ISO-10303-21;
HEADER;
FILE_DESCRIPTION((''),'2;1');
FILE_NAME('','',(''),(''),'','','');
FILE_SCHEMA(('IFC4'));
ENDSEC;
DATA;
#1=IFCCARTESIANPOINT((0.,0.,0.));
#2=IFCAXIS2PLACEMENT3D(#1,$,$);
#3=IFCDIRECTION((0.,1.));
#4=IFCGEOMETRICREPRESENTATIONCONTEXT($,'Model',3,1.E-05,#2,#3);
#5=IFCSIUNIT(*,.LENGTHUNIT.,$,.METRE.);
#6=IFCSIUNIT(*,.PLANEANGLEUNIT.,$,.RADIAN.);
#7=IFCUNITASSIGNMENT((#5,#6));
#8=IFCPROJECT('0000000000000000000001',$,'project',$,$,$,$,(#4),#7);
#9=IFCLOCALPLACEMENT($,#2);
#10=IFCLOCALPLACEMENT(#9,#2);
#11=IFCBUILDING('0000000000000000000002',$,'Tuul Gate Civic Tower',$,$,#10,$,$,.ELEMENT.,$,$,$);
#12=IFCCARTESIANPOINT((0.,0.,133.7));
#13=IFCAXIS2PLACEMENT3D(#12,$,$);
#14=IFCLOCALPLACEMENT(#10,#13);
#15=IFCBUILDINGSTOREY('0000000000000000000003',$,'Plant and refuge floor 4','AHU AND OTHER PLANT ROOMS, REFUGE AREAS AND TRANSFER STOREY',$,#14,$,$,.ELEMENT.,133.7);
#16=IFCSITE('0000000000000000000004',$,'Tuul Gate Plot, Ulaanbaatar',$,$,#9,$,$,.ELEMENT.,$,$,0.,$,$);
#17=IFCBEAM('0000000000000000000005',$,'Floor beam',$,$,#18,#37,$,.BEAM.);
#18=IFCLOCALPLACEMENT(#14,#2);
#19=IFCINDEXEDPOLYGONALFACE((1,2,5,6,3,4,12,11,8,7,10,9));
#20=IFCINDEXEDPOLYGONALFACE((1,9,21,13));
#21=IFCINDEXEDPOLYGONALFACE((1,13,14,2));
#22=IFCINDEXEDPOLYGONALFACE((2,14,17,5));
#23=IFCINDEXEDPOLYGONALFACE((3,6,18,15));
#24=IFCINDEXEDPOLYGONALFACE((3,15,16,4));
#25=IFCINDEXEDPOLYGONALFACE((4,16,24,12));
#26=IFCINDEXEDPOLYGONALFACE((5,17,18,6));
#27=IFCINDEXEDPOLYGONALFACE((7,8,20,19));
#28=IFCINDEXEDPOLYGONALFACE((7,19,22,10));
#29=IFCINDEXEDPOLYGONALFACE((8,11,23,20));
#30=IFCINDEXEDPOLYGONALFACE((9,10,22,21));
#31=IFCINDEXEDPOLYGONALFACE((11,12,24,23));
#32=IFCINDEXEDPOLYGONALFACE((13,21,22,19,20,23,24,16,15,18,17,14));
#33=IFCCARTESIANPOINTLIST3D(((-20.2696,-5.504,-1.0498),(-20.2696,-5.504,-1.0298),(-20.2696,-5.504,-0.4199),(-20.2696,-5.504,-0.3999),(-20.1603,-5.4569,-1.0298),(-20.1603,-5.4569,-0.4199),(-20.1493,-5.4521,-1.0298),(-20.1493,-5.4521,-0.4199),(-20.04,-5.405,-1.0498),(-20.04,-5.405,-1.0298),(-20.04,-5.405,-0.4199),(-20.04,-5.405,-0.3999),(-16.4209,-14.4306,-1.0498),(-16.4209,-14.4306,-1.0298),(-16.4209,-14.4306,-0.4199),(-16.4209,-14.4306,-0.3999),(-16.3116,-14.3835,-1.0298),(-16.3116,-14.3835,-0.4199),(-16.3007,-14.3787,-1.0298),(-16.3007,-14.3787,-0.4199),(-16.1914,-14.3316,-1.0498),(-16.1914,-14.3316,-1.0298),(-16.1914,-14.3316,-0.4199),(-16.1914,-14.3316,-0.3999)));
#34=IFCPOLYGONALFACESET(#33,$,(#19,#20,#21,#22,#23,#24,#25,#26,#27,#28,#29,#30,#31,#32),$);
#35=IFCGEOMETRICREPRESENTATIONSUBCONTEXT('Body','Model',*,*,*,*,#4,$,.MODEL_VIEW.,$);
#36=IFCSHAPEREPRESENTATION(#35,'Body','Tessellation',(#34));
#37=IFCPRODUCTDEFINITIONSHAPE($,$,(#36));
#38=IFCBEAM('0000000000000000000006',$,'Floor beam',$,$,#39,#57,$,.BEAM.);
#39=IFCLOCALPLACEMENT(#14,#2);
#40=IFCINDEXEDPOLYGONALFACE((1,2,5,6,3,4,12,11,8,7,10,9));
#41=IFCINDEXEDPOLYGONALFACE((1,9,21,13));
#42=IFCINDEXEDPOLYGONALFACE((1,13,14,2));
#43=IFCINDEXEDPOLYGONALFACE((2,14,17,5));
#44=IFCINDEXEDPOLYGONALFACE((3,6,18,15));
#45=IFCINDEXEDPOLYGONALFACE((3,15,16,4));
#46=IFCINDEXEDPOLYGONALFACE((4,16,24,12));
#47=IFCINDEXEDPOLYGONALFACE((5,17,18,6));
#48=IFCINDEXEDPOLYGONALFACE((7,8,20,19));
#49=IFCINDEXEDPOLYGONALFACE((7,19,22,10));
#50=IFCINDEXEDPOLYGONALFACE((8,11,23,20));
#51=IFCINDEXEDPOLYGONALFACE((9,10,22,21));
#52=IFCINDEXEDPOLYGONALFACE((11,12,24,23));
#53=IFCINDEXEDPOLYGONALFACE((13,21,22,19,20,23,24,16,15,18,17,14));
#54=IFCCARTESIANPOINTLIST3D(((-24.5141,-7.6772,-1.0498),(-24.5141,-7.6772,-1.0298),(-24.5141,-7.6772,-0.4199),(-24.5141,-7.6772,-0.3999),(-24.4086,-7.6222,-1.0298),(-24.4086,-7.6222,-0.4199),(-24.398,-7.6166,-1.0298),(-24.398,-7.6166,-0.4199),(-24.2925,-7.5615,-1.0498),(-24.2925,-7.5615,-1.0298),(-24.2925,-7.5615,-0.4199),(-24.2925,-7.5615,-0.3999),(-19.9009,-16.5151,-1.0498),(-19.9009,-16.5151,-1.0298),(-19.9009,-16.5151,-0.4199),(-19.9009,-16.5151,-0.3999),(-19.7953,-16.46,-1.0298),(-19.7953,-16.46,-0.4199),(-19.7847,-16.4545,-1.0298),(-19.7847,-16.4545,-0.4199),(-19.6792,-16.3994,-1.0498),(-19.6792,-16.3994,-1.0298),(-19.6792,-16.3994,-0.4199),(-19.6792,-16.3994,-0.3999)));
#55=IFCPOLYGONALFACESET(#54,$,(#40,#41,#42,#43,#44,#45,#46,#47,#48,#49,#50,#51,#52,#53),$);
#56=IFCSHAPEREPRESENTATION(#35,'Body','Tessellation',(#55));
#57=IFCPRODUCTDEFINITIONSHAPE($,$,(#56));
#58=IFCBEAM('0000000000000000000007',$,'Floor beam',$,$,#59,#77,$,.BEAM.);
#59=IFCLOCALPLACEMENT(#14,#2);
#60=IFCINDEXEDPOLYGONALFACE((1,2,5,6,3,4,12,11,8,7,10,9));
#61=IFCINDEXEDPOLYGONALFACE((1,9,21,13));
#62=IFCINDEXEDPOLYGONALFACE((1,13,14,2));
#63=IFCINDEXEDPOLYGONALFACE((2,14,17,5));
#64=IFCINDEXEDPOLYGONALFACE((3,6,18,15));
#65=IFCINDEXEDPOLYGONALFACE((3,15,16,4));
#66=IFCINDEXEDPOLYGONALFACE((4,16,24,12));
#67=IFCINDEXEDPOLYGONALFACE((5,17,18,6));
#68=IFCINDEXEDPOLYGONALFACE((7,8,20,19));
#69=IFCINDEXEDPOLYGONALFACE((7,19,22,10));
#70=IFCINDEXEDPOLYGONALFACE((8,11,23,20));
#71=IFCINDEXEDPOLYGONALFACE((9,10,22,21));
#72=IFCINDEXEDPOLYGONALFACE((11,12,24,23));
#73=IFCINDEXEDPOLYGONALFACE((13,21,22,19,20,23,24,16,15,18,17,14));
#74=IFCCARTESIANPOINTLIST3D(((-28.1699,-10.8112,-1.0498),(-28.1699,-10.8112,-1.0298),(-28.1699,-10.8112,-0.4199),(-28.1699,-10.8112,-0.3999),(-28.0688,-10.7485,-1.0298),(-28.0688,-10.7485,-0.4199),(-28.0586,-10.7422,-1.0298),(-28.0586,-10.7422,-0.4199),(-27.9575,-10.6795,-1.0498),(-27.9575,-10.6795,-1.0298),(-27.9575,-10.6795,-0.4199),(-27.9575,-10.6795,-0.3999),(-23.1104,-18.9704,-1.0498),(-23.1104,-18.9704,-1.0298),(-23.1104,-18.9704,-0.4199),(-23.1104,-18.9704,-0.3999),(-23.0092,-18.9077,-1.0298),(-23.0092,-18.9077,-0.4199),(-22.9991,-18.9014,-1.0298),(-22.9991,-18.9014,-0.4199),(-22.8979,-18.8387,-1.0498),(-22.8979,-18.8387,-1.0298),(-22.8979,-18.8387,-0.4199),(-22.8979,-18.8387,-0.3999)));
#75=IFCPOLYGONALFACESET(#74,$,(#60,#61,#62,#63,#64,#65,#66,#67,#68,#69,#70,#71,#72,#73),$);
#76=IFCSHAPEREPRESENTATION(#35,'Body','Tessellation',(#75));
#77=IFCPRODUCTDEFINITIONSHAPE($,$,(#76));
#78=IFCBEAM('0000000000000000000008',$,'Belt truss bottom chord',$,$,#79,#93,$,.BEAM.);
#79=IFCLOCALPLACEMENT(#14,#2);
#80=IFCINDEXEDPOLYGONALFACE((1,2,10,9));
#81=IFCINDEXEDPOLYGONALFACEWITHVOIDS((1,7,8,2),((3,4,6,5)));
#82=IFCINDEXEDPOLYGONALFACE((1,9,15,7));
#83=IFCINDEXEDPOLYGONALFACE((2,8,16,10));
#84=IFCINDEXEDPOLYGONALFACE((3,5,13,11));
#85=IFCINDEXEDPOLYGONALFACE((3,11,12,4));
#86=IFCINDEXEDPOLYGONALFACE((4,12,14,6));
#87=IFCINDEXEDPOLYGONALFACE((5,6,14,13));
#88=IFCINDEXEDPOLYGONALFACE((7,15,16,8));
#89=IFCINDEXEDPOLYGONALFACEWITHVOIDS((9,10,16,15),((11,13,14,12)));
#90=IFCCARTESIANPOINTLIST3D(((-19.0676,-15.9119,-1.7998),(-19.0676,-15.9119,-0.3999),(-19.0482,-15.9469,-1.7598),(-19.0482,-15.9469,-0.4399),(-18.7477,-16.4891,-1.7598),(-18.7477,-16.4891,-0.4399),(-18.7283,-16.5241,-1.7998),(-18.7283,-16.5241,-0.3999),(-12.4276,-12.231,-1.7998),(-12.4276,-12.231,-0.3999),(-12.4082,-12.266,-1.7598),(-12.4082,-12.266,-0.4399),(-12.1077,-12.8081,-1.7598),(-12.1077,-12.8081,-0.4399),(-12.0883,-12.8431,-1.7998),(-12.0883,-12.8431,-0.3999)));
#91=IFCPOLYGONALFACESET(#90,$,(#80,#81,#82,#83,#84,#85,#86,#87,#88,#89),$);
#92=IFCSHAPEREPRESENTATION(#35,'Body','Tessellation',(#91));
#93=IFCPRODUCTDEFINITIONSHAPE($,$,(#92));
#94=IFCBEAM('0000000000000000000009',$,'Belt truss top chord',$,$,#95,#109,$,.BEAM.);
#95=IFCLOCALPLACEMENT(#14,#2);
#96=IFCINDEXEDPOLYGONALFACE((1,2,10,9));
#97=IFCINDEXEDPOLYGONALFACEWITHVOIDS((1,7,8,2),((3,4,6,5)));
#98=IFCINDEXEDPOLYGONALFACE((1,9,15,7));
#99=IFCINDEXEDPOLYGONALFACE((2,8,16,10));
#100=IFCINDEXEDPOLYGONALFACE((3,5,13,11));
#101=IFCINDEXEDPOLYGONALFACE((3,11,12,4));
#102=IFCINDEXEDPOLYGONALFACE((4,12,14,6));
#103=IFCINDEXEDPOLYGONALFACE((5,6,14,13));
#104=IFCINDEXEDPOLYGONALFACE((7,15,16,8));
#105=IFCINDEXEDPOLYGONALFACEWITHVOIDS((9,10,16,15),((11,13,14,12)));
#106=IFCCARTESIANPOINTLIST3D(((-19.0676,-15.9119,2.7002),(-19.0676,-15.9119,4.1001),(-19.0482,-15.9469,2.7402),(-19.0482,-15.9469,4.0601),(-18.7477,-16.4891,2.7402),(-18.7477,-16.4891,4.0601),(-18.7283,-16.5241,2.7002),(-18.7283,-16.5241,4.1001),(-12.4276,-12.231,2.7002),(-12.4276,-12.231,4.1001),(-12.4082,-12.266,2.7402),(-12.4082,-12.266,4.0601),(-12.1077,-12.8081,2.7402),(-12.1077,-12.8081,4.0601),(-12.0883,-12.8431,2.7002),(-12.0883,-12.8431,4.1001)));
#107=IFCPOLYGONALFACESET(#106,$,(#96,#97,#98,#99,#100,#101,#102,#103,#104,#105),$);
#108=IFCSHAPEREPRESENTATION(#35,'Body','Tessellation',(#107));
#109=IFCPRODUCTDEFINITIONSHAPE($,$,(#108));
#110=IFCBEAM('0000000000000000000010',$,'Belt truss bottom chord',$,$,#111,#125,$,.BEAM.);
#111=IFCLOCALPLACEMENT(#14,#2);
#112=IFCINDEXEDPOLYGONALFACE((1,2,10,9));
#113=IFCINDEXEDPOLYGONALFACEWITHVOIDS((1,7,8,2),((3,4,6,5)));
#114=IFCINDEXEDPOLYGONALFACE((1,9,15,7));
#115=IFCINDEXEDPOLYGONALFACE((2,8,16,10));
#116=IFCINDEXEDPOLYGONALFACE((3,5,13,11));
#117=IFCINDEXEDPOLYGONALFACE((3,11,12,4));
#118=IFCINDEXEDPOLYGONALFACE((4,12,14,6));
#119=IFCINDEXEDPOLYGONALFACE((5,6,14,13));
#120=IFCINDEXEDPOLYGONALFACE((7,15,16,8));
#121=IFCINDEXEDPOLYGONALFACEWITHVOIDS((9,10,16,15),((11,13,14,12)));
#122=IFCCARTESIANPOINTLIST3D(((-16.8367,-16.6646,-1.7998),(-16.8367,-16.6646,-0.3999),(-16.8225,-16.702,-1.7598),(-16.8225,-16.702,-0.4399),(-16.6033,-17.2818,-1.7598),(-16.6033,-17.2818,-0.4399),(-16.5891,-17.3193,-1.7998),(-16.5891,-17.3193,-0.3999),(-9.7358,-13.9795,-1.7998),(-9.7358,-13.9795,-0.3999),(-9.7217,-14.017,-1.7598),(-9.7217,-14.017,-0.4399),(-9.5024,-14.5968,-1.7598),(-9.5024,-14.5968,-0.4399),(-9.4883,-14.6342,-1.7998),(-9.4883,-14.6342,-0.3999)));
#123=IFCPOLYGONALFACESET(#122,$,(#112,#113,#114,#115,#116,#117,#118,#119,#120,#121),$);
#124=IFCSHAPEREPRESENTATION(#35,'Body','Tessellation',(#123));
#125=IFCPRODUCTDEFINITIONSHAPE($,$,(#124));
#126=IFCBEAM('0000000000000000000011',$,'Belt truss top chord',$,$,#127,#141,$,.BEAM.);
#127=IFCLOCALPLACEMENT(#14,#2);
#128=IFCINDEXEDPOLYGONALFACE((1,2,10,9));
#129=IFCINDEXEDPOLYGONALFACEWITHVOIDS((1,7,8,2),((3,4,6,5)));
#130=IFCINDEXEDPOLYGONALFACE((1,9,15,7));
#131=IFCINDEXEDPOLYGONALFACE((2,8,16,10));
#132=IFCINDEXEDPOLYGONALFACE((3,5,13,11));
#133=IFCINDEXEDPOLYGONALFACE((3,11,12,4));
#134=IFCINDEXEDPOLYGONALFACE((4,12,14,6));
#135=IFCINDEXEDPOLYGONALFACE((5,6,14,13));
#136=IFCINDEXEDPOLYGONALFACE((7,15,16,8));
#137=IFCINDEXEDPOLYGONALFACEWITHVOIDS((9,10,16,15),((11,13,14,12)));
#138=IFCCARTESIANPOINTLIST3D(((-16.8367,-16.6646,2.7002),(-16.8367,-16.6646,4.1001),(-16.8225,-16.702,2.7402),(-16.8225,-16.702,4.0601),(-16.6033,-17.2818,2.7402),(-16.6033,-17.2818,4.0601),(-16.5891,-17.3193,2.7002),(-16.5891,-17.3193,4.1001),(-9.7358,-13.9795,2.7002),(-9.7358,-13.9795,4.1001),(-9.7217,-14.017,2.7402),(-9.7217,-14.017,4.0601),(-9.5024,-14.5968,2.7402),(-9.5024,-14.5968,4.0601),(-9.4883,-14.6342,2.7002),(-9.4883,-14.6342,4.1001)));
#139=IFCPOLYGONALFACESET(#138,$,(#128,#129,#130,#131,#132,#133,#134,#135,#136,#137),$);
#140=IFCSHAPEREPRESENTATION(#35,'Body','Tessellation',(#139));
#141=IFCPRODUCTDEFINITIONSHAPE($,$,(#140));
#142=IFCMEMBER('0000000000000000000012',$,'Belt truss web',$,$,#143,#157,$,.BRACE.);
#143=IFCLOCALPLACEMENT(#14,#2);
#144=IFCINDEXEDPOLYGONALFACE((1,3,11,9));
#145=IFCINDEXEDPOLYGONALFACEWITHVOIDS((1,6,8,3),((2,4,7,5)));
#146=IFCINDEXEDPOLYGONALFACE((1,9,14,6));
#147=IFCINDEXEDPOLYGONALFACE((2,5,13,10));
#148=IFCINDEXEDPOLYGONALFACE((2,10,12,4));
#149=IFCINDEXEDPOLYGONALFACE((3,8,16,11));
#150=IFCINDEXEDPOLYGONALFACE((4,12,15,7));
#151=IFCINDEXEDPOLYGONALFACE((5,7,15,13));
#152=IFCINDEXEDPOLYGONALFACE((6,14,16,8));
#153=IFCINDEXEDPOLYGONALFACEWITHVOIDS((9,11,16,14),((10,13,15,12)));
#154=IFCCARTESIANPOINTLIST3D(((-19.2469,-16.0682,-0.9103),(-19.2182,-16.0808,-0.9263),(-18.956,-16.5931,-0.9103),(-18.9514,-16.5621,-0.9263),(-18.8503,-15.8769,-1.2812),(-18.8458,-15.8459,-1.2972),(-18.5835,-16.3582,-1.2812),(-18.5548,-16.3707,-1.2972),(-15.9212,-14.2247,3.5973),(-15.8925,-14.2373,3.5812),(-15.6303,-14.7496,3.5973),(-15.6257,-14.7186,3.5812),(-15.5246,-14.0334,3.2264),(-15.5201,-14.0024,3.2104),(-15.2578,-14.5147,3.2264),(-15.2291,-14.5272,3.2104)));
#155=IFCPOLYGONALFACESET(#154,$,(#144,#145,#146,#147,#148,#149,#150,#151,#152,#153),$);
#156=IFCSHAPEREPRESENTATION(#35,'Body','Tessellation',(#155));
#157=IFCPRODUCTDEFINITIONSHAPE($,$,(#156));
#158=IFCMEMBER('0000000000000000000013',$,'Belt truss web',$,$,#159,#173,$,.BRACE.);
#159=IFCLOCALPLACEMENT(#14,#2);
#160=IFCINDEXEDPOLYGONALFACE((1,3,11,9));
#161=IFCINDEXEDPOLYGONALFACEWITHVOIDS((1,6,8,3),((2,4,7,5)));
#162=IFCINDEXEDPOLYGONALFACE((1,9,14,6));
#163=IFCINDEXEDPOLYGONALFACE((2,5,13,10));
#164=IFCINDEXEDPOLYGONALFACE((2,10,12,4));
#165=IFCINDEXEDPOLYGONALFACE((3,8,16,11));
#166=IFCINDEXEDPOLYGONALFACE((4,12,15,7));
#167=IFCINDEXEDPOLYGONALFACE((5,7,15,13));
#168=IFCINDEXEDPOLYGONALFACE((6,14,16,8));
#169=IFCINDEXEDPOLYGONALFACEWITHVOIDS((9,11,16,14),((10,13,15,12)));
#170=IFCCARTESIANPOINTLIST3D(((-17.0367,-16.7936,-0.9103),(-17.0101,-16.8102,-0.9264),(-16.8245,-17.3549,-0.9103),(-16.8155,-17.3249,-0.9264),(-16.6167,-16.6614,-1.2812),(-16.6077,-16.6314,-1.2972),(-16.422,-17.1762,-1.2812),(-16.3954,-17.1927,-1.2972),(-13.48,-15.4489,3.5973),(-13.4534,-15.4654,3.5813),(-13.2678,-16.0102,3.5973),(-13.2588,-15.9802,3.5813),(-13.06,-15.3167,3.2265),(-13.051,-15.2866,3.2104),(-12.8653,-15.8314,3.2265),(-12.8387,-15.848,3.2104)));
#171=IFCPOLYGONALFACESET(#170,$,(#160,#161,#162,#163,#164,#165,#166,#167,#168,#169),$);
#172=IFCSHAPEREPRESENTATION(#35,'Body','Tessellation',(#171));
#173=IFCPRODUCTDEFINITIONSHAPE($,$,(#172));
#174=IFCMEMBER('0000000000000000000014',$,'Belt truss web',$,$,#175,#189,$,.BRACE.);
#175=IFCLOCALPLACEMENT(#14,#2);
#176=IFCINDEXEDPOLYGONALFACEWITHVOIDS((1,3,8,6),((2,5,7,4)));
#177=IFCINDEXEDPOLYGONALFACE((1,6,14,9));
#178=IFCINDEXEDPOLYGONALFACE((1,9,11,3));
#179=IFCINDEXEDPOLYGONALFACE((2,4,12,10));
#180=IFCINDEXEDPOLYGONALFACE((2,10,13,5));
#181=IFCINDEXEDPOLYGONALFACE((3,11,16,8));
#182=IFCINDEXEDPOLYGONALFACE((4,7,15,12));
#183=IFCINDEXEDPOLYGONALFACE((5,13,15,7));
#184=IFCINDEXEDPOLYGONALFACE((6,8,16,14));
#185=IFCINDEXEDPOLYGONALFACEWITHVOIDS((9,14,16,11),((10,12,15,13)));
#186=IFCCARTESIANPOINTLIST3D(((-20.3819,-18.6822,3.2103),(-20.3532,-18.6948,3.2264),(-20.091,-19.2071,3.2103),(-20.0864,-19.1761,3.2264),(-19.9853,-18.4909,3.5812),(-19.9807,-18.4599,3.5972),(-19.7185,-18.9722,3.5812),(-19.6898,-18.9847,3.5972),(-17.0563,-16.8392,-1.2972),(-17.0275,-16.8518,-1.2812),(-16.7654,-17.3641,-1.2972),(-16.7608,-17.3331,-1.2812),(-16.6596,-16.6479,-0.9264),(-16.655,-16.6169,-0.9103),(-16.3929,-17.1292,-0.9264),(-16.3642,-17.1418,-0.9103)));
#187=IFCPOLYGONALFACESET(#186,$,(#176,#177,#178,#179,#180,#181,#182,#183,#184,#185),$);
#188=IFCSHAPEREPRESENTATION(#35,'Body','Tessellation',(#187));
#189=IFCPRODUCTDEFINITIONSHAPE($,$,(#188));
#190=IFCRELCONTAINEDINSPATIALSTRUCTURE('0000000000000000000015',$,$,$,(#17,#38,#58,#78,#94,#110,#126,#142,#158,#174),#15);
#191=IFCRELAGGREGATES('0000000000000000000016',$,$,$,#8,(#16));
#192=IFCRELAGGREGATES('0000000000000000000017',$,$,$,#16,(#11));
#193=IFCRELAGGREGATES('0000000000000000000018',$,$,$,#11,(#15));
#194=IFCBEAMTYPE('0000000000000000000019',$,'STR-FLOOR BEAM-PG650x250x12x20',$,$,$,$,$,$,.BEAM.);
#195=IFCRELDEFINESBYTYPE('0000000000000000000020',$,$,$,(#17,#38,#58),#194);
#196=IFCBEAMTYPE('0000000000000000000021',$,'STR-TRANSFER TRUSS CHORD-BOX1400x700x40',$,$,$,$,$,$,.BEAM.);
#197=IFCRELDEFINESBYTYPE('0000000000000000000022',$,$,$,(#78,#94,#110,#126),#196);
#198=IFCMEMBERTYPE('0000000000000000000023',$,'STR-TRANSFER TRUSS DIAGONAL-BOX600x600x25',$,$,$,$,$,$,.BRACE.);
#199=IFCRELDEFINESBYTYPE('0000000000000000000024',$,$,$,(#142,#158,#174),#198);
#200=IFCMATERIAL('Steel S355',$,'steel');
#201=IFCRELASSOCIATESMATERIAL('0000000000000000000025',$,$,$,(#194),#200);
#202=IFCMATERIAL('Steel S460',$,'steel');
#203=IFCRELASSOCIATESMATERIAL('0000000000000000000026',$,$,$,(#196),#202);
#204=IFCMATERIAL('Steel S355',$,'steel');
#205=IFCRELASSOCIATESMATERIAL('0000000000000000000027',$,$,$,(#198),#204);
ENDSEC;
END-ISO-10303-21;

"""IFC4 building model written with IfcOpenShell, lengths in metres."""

from ifc_helpers import new_model, si_unit, direction, frame, origin, origin_2d, place, context, subcontext, project, spatial, hollow_rectangle, i_section, extrude, material, material_profile, profile_set, type_object, element, save


model = new_model("IFC4")

# Units and contexts
model_context = context("Model", 3, precision=1e-05, world=origin(), true_north=direction((0.0, 1.0)))
body_context = subcontext(model_context, "Body", "Model", "MODEL_VIEW")
ifc_project = project(units=[si_unit("LENGTHUNIT", "METRE"), si_unit("PLANEANGLEUNIT", "RADIAN")], contexts=[model_context])

# Site, building, storey
site_placement = place(None, origin())
site = spatial("IfcSite", under=ifc_project, at=site_placement, Name="Tuul Gate Plot, Ulaanbaatar", CompositionType="ELEMENT", RefElevation=0.0)
building_placement = place(site_placement, origin())
building = spatial("IfcBuilding", under=site, at=building_placement, Name="Tuul Gate Civic Tower", CompositionType="ELEMENT")
storey_placement = place(building_placement, frame((0.0, 0.0, 133.7)))
storey = spatial("IfcBuildingStorey", under=building, at=storey_placement, Name="Plant and refuge floor 4", Description="AHU AND OTHER PLANT ROOMS, REFUGE AREAS AND TRANSFER STOREY", CompositionType="ELEMENT", Elevation=133.7)

# Beams
ifc_material_1 = material(Name="Steel S355", Category="steel")
ifc_material_profile_1 = material_profile(ifc_material_1, i_section(OverallWidth=0.25, OverallDepth=0.6499, WebThickness=0.012, FlangeThickness=0.02, at=origin_2d()), Name="PG650x250x12x20")
ifc_profile_set_1 = profile_set([ifc_material_profile_1], Name="Steel S355")
beam_type_1 = type_object("IfcBeamType", Name="STR-FLOOR BEAM-PG650x250x12x20", PredefinedType="BEAM", material=ifc_profile_set_1)
beam_1_placement = place(storey_placement, frame((-16.3062, -14.3811, -0.7249), z_axis=(-0.395916, 0.918287, 0.0), x_axis=(-0.918287, -0.395916, 0.0)))
element("IfcBeam", 1, at=beam_1_placement, inside=storey, type_object=beam_type_1, Name="Floor beam", PredefinedType="BEAM", context=body_context, shape_type="SweptSolid", body=[
    extrude(i_section(OverallWidth=0.25, OverallDepth=0.6499, WebThickness=0.012, FlangeThickness=0.02, at=origin_2d()), origin(), (0.0, 0.0, 1.0), 9.7209),
])
beam_2_placement = place(storey_placement, frame((-19.79, -16.4573, -0.7249), z_axis=(-0.46274, 0.886494, 0.0), x_axis=(-0.886494, -0.46274, 0.0)))
element("IfcBeam", 2, at=beam_2_placement, inside=storey, type_object=beam_type_1, Name="Floor beam", PredefinedType="BEAM", context=body_context, shape_type="SweptSolid", body=[
    extrude(i_section(OverallWidth=0.25, OverallDepth=0.6499, WebThickness=0.012, FlangeThickness=0.02, at=origin_2d()), origin(), (0.0, 0.0, 1.0), 9.9695),
])
beam_3_placement = place(storey_placement, frame((-23.0042, -18.9045, -0.7249), z_axis=(-0.527006, 0.849862, 0.0), x_axis=(-0.849862, -0.527006, 0.0)))
element("IfcBeam", 3, at=beam_3_placement, inside=storey, type_object=beam_type_1, Name="Floor beam", PredefinedType="BEAM", context=body_context, shape_type="SweptSolid", body=[
    extrude(i_section(OverallWidth=0.25, OverallDepth=0.6499, WebThickness=0.012, FlangeThickness=0.02, at=origin_2d()), origin(), (0.0, 0.0, 1.0), 9.6006),
])
ifc_material_2 = material(Name="Steel S460", Category="steel")
ifc_material_profile_2 = material_profile(ifc_material_2, hollow_rectangle(XDim=0.7, YDim=1.3999, WallThickness=0.04, at=origin_2d()), Name="BOX1400x700x40")
ifc_profile_set_2 = profile_set([ifc_material_profile_2], Name="Steel S460")
beam_type_2 = type_object("IfcBeamType", Name="STR-TRANSFER TRUSS CHORD-BOX1400x700x40", PredefinedType="BEAM", material=ifc_profile_set_2)
for number, where, z_axis, x_axis, name in (
    (4, (-18.8979, -16.218, -1.0999), (0.8746, 0.484845, 0.0), (-0.484845, 0.8746, 0.0), "Belt truss bottom chord"),
    (5, (-18.8979, -16.218, 3.4001), (0.8746, 0.484845, 0.0), (-0.484845, 0.8746, 0.0), "Belt truss top chord"),
):
    element("IfcBeam", number, at=place(storey_placement, frame(where, z_axis=z_axis, x_axis=x_axis)), inside=storey, type_object=beam_type_2, Name=name, PredefinedType="BEAM", context=body_context, shape_type="SweptSolid", body=[
        extrude(hollow_rectangle(XDim=0.7, YDim=1.3999, WallThickness=0.04, at=origin_2d()), origin(), (0.0, 0.0, 1.0), 7.592),
    ])
for number, where, z_axis, x_axis, name in (
    (6, (-16.7129, -16.9919, -1.0999), (0.935362, 0.353691, 0.0), (-0.353691, 0.935362, 0.0), "Belt truss bottom chord"),
    (7, (-16.7129, -16.9919, 3.4001), (0.935362, 0.353691, 0.0), (-0.353691, 0.935362, 0.0), "Belt truss top chord"),
):
    element("IfcBeam", number, at=place(storey_placement, frame(where, z_axis=z_axis, x_axis=x_axis)), inside=storey, type_object=beam_type_2, Name=name, PredefinedType="BEAM", context=body_context, shape_type="SweptSolid", body=[
        extrude(hollow_rectangle(XDim=0.7, YDim=1.3999, WallThickness=0.04, at=origin_2d()), origin(), (0.0, 0.0, 1.0), 7.5916),
    ])

# Members
ifc_material_3 = material(Name="Steel S355", Category="steel")
ifc_material_profile_3 = material_profile(ifc_material_3, hollow_rectangle(XDim=0.6001, YDim=0.6001, WallThickness=0.0249, at=origin_2d()), Name="BOX600x600x25")
ifc_profile_set_3 = profile_set([ifc_material_profile_3], Name="Steel S355")
member_type_1 = type_object("IfcMemberType", Name="STR-TRANSFER TRUSS DIAGONAL-BOX600x600x25", PredefinedType="BRACE", material=ifc_profile_set_3)
for number, where, z_axis, x_axis, name in (
    (8, (-18.9009, -16.2195, -1.1038), (0.563944, 0.312607, 0.764359), (-0.48482, 0.874614, 0.0), "Belt truss web"),
    (9, (-16.7161, -16.9932, -1.1038), (0.603114, 0.228031, 0.764366), (-0.353655, 0.935376, 0.0), "Belt truss web"),
):
    element("IfcMember", number, at=place(storey_placement, frame(where, z_axis=z_axis, x_axis=x_axis)), inside=storey, type_object=member_type_1, Name=name, PredefinedType="BRACE", context=body_context, shape_type="SweptSolid", body=[
        extrude(hollow_rectangle(XDim=0.6001, YDim=0.6001, WallThickness=0.0249, at=origin_2d()), origin(), (0.0, 0.0, 1.0), 5.8972),
    ])
member_placement = place(storey_placement, frame((-16.7102, -16.9905, -1.1038), z_axis=(-0.563958, -0.312533, 0.764378), x_axis=(0.484721, -0.874669, 0.0)))
element("IfcMember", 10, at=member_placement, inside=storey, type_object=member_type_1, Name="Belt truss web", PredefinedType="BRACE", context=body_context, shape_type="SweptSolid", body=[
    extrude(hollow_rectangle(XDim=0.6001, YDim=0.6001, WallThickness=0.0249, at=origin_2d()), origin(), (0.0, 0.0, 1.0), 5.897),
])

save(model, "model.ifc")
